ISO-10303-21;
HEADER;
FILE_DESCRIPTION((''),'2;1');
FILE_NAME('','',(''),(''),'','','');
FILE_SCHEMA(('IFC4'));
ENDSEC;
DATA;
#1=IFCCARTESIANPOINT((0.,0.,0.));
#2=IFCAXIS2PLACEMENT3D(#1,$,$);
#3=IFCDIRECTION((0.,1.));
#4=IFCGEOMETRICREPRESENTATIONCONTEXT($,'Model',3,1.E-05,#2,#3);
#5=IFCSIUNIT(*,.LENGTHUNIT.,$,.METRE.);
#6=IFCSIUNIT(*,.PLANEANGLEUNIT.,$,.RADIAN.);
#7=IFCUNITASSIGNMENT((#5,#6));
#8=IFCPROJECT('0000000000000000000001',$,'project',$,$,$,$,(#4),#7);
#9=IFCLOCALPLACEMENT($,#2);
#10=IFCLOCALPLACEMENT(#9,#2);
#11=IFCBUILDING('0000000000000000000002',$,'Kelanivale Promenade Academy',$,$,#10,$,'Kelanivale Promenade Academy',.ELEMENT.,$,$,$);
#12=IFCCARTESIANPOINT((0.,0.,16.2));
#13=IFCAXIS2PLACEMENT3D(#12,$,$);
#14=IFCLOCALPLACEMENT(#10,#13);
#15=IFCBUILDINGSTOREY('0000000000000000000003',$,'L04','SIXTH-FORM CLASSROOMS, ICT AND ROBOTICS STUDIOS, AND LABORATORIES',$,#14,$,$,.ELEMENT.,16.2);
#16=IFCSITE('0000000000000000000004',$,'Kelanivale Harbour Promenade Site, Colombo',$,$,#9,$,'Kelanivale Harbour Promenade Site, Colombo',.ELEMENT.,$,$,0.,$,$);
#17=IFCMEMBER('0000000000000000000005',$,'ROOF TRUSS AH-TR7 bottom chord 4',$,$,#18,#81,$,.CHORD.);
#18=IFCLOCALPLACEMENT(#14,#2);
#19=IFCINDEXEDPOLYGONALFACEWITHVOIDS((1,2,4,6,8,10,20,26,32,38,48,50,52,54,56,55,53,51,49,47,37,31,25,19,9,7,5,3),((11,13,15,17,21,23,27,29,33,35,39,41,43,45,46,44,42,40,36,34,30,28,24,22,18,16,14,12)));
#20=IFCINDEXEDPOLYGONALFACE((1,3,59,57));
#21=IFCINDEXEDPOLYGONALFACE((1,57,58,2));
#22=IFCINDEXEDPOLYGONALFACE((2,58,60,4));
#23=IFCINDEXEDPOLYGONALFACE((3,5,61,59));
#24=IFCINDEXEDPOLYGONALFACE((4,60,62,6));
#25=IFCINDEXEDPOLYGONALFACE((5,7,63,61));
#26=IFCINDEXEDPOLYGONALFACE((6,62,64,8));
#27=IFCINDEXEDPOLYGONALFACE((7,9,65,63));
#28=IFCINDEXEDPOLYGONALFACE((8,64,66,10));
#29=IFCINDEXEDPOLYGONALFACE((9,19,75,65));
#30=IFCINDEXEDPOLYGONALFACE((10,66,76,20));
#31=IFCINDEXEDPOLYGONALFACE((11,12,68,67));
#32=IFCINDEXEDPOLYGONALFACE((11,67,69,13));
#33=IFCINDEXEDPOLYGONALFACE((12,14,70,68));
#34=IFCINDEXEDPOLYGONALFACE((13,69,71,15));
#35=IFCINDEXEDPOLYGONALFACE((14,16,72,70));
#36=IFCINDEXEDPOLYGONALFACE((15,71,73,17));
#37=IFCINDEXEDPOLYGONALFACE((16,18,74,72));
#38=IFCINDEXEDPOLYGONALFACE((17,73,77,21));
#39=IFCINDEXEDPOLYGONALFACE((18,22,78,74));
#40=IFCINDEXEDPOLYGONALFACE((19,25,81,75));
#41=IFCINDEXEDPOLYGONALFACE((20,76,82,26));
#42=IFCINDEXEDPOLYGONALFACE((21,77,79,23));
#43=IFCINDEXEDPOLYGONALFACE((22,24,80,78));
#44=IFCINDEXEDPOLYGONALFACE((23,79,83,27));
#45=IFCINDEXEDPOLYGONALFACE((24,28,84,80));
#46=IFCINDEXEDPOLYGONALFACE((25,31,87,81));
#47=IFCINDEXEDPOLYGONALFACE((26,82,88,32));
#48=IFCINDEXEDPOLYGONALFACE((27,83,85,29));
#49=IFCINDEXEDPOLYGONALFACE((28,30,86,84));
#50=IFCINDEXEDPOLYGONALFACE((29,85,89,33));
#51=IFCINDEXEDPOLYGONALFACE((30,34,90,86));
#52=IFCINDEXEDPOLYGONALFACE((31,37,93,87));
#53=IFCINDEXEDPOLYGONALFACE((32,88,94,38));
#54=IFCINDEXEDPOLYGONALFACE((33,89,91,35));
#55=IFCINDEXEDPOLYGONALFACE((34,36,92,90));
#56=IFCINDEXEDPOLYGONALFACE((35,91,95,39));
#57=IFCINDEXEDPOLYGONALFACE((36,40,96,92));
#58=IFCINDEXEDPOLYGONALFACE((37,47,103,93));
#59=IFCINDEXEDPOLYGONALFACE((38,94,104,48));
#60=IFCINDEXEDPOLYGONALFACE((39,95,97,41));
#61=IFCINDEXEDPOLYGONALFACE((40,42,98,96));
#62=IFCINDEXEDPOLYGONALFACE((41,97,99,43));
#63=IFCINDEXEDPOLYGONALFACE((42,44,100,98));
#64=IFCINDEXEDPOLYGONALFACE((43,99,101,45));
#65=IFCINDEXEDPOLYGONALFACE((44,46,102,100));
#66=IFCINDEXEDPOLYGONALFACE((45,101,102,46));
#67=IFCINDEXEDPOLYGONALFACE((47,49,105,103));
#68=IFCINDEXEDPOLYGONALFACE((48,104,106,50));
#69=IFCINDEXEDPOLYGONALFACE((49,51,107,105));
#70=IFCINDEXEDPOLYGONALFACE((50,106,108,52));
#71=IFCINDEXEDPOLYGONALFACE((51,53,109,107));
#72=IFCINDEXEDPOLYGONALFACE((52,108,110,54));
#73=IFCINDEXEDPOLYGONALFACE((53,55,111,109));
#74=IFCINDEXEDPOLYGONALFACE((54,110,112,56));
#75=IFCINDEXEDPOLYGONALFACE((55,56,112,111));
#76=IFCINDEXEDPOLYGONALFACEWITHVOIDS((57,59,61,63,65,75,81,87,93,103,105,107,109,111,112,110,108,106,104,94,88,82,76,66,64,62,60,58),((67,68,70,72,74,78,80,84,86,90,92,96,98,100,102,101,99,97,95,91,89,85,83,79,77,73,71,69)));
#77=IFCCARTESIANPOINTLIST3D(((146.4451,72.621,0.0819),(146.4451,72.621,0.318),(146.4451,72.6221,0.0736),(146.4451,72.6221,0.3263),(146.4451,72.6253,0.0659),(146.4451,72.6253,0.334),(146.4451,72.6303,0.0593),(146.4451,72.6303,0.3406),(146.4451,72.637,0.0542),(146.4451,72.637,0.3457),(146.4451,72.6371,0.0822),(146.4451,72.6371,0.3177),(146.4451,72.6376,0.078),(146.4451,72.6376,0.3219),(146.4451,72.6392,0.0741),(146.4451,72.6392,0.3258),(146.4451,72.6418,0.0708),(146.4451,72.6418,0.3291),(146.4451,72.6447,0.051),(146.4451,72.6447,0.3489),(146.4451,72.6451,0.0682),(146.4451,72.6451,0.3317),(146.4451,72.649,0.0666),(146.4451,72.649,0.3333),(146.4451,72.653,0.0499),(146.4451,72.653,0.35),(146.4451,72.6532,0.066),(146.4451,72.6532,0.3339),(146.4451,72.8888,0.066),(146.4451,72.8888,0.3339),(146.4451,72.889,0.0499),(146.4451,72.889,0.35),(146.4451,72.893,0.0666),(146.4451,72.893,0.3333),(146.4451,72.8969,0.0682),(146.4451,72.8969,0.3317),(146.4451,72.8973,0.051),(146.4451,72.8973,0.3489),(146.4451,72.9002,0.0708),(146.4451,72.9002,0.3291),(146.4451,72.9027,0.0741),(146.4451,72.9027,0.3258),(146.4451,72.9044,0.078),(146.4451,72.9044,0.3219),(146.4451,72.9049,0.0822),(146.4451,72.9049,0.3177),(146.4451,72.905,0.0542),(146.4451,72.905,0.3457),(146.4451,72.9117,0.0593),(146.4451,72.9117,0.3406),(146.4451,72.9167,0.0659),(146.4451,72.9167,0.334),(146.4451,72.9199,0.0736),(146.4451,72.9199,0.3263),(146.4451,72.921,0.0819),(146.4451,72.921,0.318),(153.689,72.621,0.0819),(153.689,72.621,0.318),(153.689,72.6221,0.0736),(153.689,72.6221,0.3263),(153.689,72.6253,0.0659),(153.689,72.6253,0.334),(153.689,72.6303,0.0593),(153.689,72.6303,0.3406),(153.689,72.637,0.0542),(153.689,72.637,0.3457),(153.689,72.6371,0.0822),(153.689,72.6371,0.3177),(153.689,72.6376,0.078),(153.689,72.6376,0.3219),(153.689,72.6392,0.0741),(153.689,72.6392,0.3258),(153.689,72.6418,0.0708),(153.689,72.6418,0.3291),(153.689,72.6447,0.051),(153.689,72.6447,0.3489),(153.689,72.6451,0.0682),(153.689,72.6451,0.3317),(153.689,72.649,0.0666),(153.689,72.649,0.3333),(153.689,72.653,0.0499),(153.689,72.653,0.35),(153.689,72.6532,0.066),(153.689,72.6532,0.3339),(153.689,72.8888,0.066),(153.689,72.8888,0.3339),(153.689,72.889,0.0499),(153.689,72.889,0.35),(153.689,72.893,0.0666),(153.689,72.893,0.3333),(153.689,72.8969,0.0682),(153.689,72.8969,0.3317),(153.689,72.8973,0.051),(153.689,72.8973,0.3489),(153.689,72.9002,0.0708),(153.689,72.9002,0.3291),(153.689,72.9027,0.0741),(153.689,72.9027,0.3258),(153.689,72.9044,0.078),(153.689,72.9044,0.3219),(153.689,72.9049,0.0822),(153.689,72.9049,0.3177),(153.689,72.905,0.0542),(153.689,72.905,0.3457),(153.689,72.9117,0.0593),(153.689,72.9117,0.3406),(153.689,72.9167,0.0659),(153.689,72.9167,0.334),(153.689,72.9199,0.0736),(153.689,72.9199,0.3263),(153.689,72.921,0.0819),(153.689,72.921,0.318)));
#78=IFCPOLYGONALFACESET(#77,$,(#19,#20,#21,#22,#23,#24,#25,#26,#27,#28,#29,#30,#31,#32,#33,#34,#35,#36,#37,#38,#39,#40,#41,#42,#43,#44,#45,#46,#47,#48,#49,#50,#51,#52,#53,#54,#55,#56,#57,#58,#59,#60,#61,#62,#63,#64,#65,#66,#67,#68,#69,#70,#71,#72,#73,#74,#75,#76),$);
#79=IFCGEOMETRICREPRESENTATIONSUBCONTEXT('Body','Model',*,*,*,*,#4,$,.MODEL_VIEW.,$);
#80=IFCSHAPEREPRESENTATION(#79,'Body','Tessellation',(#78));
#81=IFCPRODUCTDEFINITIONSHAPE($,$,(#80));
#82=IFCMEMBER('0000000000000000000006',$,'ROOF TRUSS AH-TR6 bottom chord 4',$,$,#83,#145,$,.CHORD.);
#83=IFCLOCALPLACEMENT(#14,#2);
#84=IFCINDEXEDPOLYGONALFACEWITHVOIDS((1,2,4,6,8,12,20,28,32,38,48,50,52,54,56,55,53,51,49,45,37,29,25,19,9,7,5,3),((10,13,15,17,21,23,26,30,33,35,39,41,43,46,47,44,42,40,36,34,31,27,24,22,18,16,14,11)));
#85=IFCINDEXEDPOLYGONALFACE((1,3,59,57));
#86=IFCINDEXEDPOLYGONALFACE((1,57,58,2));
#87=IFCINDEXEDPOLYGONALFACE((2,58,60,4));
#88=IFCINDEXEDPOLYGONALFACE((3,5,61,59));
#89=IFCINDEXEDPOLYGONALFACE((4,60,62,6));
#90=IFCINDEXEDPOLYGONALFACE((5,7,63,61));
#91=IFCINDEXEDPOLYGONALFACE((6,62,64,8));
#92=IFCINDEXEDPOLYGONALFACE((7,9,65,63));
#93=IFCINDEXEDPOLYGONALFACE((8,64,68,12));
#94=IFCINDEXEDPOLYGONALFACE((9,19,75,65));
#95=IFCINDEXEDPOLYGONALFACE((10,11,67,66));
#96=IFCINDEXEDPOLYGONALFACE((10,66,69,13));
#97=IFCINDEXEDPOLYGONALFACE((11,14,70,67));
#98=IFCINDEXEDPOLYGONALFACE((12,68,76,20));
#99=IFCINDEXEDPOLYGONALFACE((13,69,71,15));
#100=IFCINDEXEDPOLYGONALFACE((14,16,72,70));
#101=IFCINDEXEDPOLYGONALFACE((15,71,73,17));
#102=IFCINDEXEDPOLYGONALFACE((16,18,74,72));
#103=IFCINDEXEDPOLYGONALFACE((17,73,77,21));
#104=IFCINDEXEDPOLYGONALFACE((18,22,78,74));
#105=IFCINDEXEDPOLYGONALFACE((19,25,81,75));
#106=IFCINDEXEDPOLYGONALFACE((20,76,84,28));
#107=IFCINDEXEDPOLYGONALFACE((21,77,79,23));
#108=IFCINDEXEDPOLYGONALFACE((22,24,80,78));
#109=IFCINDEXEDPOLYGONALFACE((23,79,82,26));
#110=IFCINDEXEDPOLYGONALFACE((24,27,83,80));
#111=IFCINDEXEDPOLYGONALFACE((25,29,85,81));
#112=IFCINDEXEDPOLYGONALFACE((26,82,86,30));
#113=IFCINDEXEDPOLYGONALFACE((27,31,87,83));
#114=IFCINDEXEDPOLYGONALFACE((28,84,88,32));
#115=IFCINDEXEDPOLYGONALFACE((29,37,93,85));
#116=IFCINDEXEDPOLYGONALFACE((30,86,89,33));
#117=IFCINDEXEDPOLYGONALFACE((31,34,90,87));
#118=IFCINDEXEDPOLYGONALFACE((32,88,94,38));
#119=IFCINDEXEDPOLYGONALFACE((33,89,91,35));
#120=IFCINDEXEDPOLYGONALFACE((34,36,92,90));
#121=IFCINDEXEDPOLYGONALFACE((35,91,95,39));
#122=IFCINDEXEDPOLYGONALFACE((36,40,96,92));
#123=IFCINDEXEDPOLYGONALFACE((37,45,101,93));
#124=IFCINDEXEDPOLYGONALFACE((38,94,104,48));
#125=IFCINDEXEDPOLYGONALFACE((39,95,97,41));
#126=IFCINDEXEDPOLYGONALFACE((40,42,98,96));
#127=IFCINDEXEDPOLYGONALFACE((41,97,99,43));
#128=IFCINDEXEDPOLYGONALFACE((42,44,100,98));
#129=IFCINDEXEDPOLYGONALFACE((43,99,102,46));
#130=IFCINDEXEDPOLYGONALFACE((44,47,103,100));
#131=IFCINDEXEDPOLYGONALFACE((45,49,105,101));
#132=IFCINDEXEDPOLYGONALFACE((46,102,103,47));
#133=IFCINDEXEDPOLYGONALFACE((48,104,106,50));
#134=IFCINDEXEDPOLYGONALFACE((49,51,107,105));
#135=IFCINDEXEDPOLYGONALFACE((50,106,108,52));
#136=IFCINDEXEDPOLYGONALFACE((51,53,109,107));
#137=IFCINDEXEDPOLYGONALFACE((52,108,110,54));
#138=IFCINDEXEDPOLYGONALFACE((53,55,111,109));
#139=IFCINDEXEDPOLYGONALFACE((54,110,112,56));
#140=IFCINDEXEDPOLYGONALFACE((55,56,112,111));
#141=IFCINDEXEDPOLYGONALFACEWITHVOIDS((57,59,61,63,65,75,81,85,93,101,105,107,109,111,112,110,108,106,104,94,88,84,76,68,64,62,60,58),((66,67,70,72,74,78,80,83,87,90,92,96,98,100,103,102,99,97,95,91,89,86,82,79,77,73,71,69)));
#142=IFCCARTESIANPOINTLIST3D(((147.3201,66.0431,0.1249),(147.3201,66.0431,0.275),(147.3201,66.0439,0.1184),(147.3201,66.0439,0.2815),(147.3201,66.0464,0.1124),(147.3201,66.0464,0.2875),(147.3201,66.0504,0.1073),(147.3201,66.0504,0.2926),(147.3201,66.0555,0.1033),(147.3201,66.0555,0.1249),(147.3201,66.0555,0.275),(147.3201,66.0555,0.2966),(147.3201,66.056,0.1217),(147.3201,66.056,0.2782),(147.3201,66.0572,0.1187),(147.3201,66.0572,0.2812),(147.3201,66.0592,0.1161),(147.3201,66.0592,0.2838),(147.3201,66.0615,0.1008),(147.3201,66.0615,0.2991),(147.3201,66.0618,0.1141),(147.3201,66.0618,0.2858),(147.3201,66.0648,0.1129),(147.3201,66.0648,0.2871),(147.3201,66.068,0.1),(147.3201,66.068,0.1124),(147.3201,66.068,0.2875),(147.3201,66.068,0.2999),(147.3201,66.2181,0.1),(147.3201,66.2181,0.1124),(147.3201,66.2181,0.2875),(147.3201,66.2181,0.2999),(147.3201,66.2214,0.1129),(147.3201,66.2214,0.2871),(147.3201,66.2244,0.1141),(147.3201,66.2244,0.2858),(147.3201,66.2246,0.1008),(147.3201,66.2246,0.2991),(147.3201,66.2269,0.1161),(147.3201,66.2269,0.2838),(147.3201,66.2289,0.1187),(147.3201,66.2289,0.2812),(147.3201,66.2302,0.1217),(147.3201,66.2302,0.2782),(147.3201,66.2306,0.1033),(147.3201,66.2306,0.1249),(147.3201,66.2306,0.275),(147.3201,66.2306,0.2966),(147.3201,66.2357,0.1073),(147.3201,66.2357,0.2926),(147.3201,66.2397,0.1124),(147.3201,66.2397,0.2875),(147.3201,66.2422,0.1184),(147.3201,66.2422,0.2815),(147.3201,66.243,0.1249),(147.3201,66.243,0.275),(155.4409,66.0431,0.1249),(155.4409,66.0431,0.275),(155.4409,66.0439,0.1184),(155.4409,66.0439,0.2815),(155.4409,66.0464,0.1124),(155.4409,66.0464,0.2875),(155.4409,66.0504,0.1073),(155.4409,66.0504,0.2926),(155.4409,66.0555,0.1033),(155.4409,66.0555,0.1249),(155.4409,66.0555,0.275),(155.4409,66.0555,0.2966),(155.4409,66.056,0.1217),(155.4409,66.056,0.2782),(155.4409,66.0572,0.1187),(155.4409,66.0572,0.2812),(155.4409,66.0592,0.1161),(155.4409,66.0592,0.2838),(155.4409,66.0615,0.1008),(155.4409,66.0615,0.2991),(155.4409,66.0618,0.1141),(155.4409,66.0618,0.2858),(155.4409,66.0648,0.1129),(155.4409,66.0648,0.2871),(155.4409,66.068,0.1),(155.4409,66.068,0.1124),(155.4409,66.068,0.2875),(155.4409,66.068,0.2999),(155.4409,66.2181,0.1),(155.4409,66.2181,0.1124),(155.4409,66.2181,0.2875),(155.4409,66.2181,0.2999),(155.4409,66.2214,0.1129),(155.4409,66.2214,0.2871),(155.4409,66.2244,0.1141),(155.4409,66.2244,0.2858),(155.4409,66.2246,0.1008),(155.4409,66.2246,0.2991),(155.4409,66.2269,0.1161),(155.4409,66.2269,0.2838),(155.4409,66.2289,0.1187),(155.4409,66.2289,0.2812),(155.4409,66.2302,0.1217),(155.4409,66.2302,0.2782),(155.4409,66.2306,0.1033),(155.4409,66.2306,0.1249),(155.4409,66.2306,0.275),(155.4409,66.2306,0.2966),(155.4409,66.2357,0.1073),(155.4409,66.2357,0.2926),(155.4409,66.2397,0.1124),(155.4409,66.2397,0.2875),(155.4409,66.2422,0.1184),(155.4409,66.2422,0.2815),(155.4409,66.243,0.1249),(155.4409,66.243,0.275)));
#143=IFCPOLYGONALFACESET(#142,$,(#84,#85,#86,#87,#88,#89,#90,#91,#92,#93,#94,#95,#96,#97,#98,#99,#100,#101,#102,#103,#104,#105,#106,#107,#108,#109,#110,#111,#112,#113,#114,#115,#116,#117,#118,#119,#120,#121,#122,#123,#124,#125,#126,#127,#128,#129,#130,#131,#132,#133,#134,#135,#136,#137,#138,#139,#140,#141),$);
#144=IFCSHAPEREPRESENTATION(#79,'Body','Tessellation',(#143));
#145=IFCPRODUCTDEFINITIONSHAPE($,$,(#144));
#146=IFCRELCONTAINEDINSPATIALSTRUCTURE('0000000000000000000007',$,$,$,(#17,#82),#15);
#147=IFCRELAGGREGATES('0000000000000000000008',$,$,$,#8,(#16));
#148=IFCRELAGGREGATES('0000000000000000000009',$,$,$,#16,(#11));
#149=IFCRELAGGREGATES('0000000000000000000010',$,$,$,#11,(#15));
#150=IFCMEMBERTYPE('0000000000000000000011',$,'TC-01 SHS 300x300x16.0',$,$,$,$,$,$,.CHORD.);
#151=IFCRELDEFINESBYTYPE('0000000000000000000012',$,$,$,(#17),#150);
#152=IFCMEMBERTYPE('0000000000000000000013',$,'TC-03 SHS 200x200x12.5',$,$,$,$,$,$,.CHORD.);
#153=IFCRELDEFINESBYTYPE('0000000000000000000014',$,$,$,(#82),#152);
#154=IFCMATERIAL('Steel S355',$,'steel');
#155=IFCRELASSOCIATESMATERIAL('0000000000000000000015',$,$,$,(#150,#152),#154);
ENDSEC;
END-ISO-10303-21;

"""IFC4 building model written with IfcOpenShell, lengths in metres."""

from ifc_helpers import new_model, si_unit, direction, frame, origin, origin_2d, place, context, subcontext, project, spatial, hollow_rectangle, extrude, material, material_profile, profile_set, type_object, element, save


model = new_model("IFC4")

# Units and contexts
model_context = context("Model", 3, precision=1e-05, world=origin(), true_north=direction((0.0, 1.0)))
body_context = subcontext(model_context, "Body", "Model", "MODEL_VIEW")
ifc_project = project(units=[si_unit("LENGTHUNIT", "METRE"), si_unit("PLANEANGLEUNIT", "RADIAN")], contexts=[model_context])

# Site, building, storey
site_placement = place(None, origin())
site = spatial("IfcSite", under=ifc_project, at=site_placement, Name="Kelanivale Harbour Promenade Site, Colombo", LongName="Kelanivale Harbour Promenade Site, Colombo", CompositionType="ELEMENT", RefElevation=0.0)
building_placement = place(site_placement, origin())
building = spatial("IfcBuilding", under=site, at=building_placement, Name="Kelanivale Promenade Academy", LongName="Kelanivale Promenade Academy", CompositionType="ELEMENT")
storey_placement = place(building_placement, frame((0.0, 0.0, 16.2)))
storey = spatial("IfcBuildingStorey", under=building, at=storey_placement, Name="L04", Description="SIXTH-FORM CLASSROOMS, ICT AND ROBOTICS STUDIOS, AND LABORATORIES", CompositionType="ELEMENT", Elevation=16.2)

# Members
ifc_material = material(Name="Steel S355", Category="steel")
ifc_material_profile_1 = material_profile(ifc_material, hollow_rectangle(XDim=0.3, YDim=0.3, WallThickness=0.0161, InnerFilletRadius=0.0161, OuterFilletRadius=0.032, at=origin_2d()), Name="SHS 300x300x16.0")
ifc_profile_set_1 = profile_set([ifc_material_profile_1], Name="Steel S355")
member_type_1 = type_object("IfcMemberType", Name="TC-01 SHS 300x300x16.0", PredefinedType="CHORD", material=ifc_profile_set_1)
member_1_placement = place(storey_placement, frame((146.4451, 72.771, 0.2), z_axis=(1.0, 0.0, 0.0), x_axis=(0.0, 1.0, 0.0)))
element("IfcMember", 1, at=member_1_placement, inside=storey, type_object=member_type_1, Name="ROOF TRUSS AH-TR7 bottom chord 4", PredefinedType="CHORD", context=body_context, shape_type="SweptSolid", body=[
    extrude(hollow_rectangle(XDim=0.3, YDim=0.3, WallThickness=0.0161, InnerFilletRadius=0.0161, OuterFilletRadius=0.032, at=origin_2d()), origin(), (0.0, 0.0, 1.0), 7.2439),
])
ifc_material_profile_2 = material_profile(ifc_material, hollow_rectangle(XDim=0.2, YDim=0.2, WallThickness=0.0125, InnerFilletRadius=0.0125, OuterFilletRadius=0.0249, at=origin_2d()), Name="SHS 200x200x12.5")
ifc_profile_set_2 = profile_set([ifc_material_profile_2], Name="Steel S355")
member_type_2 = type_object("IfcMemberType", Name="TC-03 SHS 200x200x12.5", PredefinedType="CHORD", material=ifc_profile_set_2)
member_2_placement = place(storey_placement, frame((147.3201, 66.1431, 0.2), z_axis=(1.0, 0.0, 0.0), x_axis=(0.0, 1.0, 0.0)))
element("IfcMember", 2, at=member_2_placement, inside=storey, type_object=member_type_2, Name="ROOF TRUSS AH-TR6 bottom chord 4", PredefinedType="CHORD", context=body_context, shape_type="SweptSolid", body=[
    extrude(hollow_rectangle(XDim=0.2, YDim=0.2, WallThickness=0.0125, InnerFilletRadius=0.0125, OuterFilletRadius=0.0249, at=origin_2d()), origin(), (0.0, 0.0, 1.0), 8.1208),
])

save(model, "model.ifc")
